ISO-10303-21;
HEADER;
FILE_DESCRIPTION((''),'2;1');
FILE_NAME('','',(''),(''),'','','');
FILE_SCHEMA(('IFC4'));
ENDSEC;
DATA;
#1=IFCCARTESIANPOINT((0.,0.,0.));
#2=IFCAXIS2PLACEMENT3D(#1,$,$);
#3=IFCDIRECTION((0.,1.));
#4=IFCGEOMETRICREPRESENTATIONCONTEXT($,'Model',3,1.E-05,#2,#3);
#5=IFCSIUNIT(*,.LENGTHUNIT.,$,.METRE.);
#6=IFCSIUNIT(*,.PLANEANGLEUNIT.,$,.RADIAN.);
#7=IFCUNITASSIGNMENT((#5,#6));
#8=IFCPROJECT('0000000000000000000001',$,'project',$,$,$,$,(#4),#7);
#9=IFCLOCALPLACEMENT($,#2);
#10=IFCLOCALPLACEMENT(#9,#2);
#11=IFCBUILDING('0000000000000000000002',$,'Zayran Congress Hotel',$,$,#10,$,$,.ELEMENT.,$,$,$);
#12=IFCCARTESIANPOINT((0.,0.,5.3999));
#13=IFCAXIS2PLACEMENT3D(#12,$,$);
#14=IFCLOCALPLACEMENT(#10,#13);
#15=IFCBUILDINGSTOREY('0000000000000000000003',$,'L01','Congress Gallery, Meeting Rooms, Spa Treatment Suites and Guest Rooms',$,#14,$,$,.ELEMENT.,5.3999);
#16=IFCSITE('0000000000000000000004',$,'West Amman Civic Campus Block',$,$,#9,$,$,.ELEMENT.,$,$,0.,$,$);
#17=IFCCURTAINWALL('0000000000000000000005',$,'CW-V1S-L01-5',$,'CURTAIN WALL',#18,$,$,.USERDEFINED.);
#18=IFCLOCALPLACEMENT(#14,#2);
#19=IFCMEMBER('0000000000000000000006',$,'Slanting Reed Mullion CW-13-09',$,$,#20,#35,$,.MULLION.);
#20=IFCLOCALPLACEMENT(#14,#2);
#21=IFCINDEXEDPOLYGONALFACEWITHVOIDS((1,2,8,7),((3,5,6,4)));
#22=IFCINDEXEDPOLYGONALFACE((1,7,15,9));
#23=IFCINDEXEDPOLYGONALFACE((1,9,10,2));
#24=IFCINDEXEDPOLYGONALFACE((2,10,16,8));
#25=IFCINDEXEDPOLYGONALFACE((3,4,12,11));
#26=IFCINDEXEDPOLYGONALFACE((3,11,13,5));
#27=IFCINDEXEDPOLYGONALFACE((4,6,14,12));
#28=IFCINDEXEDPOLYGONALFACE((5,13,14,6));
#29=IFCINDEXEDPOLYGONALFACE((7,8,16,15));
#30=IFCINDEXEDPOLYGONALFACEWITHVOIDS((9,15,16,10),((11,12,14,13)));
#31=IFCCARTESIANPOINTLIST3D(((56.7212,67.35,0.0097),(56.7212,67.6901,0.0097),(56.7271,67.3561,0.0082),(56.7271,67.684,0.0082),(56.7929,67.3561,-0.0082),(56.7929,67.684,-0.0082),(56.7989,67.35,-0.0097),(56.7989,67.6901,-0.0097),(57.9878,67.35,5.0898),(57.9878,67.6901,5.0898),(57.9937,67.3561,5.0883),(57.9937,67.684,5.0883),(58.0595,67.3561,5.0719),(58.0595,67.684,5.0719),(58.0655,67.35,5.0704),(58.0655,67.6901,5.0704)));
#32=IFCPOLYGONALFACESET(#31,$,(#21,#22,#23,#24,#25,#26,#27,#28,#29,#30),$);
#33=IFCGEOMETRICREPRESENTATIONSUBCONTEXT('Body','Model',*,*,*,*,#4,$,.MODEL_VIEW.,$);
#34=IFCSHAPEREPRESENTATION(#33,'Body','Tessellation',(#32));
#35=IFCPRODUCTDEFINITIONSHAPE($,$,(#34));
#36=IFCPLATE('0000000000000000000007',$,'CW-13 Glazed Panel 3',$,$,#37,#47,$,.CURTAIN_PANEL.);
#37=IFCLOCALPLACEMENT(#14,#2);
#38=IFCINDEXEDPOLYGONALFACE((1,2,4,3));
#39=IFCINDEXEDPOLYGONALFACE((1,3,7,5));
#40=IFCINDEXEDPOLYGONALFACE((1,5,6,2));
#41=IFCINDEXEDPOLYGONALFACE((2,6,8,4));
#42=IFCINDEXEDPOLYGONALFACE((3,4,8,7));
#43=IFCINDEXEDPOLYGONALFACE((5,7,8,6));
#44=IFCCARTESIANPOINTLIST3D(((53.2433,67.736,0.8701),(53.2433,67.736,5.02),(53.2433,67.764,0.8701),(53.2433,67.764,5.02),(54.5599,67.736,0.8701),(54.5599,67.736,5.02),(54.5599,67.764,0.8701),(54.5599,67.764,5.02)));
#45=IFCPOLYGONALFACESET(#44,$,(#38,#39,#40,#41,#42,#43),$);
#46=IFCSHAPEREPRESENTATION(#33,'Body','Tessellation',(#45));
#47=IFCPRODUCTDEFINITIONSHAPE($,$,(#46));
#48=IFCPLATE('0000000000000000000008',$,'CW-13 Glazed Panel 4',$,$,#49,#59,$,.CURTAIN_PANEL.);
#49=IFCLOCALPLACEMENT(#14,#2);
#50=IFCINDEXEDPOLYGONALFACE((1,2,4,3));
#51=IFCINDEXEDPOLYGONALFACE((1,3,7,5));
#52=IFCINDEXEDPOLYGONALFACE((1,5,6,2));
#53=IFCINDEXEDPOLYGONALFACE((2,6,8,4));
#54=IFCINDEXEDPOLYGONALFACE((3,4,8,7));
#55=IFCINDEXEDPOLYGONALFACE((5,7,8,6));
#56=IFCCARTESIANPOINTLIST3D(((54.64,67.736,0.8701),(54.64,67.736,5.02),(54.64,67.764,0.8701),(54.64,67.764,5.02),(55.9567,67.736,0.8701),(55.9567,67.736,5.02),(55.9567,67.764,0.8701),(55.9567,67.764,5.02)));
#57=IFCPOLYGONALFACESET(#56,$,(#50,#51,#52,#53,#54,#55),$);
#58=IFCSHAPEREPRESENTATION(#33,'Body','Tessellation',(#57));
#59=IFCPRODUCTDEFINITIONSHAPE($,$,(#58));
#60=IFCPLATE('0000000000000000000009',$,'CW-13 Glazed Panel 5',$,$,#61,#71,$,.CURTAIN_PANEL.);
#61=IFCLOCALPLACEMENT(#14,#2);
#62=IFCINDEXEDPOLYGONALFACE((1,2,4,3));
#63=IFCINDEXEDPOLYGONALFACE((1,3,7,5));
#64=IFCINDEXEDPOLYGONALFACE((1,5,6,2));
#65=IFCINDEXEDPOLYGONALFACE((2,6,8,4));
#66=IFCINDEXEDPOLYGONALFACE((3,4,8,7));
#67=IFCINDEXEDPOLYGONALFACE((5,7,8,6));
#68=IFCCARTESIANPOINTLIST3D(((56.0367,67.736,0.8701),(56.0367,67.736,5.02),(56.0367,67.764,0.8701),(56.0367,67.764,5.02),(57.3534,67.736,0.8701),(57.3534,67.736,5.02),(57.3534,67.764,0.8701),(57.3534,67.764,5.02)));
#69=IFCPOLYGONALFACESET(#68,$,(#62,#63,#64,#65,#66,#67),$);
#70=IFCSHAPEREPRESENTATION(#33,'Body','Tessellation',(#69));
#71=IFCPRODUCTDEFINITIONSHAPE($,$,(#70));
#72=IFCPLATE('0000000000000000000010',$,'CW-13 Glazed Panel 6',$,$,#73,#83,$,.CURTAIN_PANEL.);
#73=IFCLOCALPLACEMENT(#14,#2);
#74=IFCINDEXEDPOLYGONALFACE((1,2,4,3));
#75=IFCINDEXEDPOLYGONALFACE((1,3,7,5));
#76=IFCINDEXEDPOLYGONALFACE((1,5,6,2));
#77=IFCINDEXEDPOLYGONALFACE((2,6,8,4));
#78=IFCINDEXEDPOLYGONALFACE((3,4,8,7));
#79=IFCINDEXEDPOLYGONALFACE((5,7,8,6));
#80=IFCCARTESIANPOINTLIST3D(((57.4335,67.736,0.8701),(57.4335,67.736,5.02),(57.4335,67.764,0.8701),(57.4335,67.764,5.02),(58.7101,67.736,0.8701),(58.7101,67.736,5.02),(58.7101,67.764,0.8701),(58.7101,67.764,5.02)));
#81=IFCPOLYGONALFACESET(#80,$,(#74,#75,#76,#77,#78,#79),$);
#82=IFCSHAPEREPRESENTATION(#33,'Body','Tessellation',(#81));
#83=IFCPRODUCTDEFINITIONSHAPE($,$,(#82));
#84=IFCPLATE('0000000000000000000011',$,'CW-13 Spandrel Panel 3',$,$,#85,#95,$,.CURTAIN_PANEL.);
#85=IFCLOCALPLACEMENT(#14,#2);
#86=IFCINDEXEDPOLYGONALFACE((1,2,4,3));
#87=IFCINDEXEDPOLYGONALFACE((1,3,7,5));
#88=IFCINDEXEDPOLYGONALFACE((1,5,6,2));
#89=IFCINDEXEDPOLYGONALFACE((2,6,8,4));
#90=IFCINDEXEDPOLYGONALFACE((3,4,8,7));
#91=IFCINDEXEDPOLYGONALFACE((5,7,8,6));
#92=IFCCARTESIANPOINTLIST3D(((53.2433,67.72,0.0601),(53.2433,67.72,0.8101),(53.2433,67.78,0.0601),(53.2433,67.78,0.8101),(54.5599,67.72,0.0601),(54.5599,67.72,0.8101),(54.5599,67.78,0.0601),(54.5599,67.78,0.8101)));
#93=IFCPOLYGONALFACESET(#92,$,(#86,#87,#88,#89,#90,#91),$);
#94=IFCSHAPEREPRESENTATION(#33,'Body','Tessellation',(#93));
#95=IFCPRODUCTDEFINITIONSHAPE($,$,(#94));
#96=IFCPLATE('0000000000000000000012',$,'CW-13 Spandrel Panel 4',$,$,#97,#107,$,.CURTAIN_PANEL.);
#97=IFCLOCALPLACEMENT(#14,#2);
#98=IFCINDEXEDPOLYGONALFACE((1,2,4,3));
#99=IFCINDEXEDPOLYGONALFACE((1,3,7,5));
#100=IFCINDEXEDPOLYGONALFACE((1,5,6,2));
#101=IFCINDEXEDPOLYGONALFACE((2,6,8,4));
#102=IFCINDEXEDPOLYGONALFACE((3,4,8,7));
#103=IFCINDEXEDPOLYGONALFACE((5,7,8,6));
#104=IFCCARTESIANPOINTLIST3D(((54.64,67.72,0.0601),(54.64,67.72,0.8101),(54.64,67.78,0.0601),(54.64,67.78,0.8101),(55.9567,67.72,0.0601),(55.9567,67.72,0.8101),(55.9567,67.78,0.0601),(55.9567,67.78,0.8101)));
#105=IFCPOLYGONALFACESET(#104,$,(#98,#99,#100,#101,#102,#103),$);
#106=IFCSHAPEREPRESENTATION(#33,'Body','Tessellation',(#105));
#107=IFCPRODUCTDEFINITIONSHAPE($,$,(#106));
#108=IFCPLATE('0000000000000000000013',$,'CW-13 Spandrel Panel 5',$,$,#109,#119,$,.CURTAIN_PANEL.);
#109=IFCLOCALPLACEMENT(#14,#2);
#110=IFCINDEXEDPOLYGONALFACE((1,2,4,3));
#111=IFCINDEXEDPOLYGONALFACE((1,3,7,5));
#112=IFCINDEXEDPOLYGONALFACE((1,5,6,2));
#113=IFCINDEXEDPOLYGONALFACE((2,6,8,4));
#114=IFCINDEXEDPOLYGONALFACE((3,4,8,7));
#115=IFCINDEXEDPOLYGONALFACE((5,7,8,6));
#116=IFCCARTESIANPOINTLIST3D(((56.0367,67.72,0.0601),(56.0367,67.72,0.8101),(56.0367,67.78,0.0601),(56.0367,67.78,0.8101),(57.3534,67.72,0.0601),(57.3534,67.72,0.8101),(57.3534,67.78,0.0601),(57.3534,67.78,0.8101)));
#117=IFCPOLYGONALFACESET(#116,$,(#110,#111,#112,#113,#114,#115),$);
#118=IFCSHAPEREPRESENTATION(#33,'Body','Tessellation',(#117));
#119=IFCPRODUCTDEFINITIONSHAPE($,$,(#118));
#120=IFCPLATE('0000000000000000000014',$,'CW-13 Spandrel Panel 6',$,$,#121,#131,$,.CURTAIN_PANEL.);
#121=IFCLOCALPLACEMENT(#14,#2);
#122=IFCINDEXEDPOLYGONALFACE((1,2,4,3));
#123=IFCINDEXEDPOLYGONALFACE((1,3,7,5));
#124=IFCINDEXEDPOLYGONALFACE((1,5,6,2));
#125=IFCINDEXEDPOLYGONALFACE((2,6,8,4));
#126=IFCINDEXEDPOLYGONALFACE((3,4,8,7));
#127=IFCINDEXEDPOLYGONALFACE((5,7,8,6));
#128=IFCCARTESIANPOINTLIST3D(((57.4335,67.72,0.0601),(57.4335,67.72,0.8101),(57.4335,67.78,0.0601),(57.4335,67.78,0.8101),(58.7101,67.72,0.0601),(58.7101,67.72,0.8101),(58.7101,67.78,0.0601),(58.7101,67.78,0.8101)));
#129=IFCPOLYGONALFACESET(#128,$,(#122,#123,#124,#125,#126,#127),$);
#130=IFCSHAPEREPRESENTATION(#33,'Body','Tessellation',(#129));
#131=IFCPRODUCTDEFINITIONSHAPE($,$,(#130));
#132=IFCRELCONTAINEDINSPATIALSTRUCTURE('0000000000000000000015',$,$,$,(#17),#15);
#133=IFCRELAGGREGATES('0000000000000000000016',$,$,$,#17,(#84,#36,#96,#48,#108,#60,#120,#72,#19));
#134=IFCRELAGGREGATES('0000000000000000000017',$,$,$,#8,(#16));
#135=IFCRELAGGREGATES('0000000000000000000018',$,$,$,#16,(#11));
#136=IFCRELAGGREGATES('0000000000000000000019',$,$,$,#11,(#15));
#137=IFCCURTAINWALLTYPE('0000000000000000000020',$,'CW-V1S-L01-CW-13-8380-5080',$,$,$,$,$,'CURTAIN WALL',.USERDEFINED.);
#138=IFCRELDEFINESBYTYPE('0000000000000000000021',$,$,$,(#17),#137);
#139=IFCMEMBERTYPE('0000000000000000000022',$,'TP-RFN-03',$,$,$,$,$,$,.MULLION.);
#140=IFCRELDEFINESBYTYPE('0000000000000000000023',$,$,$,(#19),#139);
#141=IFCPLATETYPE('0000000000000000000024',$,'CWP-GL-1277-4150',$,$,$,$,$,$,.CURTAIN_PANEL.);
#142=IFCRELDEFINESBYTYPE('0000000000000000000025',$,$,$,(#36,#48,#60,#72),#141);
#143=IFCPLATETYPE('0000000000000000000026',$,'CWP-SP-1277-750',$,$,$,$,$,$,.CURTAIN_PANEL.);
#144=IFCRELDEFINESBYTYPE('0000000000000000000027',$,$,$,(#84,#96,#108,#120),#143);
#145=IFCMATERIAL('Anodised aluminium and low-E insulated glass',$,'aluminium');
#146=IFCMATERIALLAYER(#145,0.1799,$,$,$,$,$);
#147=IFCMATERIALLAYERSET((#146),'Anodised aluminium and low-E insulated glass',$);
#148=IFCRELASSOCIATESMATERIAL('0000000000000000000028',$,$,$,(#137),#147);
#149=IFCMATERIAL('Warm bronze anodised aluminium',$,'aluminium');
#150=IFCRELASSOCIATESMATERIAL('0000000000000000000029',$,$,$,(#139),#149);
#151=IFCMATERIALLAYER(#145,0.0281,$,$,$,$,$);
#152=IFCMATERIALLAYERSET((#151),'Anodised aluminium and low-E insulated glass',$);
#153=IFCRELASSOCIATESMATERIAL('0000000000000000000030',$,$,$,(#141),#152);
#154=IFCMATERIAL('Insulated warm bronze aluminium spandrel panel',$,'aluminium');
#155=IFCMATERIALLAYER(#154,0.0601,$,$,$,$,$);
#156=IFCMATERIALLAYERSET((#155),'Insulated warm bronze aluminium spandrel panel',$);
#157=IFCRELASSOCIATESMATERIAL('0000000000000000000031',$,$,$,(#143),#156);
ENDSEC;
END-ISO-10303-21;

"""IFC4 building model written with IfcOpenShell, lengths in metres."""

from ifc_helpers import new_model, si_unit, direction, frame, origin, origin_2d, place, context, subcontext, project, spatial, rectangle, hollow_rectangle, extrude, material, layer, layer_set, material_profile, profile_set, type_object, element, aggregate, save


model = new_model("IFC4")

# Units and contexts
model_context = context("Model", 3, precision=1e-05, world=origin(), true_north=direction((0.0, 1.0)))
body_context = subcontext(model_context, "Body", "Model", "MODEL_VIEW")
ifc_project = project(units=[si_unit("LENGTHUNIT", "METRE"), si_unit("PLANEANGLEUNIT", "RADIAN")], contexts=[model_context])

# Site, building, storey
site_placement = place(None, origin())
site = spatial("IfcSite", under=ifc_project, at=site_placement, Name="West Amman Civic Campus Block", CompositionType="ELEMENT", RefElevation=0.0)
building_placement = place(site_placement, origin())
building = spatial("IfcBuilding", under=site, at=building_placement, Name="Zayran Congress Hotel", CompositionType="ELEMENT")
storey_placement = place(building_placement, frame((0.0, 0.0, 5.3999)))
storey = spatial("IfcBuildingStorey", under=building, at=storey_placement, Name="L01", Description="Congress Gallery, Meeting Rooms, Spa Treatment Suites and Guest Rooms", CompositionType="ELEMENT", Elevation=5.3999)

# Curtain wall
ifc_material_1 = material(Name="Anodised aluminium and low-E insulated glass", Category="aluminium")
ifc_layer_1 = layer(ifc_material_1, 0.1799)
ifc_layer_set_1 = layer_set([ifc_layer_1], Name="Anodised aluminium and low-E insulated glass")
curtain_wall_type_1 = type_object("IfcCurtainWallType", Name="CW-V1S-L01-CW-13-8380-5080", ElementType="CURTAIN WALL", PredefinedType="USERDEFINED", material=ifc_layer_set_1)
curtain_wall_1_placement = place(storey_placement, origin())
curtain_wall_1 = element("IfcCurtainWall", 1, at=curtain_wall_1_placement, inside=storey, type_object=curtain_wall_type_1, Name="CW-V1S-L01-5", ObjectType="CURTAIN WALL", PredefinedType="USERDEFINED")

# Member
ifc_material_2 = material(Name="Warm bronze anodised aluminium", Category="aluminium")
ifc_material_profile_1 = material_profile(ifc_material_2, hollow_rectangle(XDim=0.0801, YDim=0.3401, WallThickness=0.0061, at=origin_2d()), Name="RHS 340x80x6")
ifc_profile_set_1 = profile_set([ifc_material_profile_1], Name="Warm bronze anodised aluminium")
member_type_1 = type_object("IfcMemberType", Name="TP-RFN-03", PredefinedType="MULLION", material=ifc_profile_set_1)
member_1_placement = place(storey_placement, frame((56.76, 67.52, 0.0), z_axis=(0.241921, 0.0, 0.970296), x_axis=(-0.970296, 0.0, 0.241921)))
member_1 = element("IfcMember", 2, at=member_1_placement, type_object=member_type_1, Name="Slanting Reed Mullion CW-13-09", PredefinedType="MULLION", context=body_context, shape_type="SweptSolid", body=[
    extrude(hollow_rectangle(XDim=0.0801, YDim=0.3401, WallThickness=0.0061, at=origin_2d()), origin(), (0.0, 0.0, 1.0), 5.2356),
])

# Plates
ifc_layer_2 = layer(ifc_material_1, 0.0281)
ifc_layer_set_2 = layer_set([ifc_layer_2], Name="Anodised aluminium and low-E insulated glass")
plate_type_1 = type_object("IfcPlateType", Name="CWP-GL-1277-4150", PredefinedType="CURTAIN_PANEL", material=ifc_layer_set_2)
plate_1_placement = place(storey_placement, frame((53.9016, 67.75, 0.8701), z_axis=(0.0, 0.0, 1.0), x_axis=(1.0, 0.0, 0.0)))
plate_1 = element("IfcPlate", 3, at=plate_1_placement, type_object=plate_type_1, Name="CW-13 Glazed Panel 3", PredefinedType="CURTAIN_PANEL", context=body_context, shape_type="SweptSolid", body=[
    extrude(rectangle(XDim=1.3167, YDim=0.0281, at=origin_2d()), origin(), (0.0, 0.0, 1.0), 4.1499),
])
plate_2_placement = place(storey_placement, frame((55.2983, 67.75, 0.8701), z_axis=(0.0, 0.0, 1.0), x_axis=(1.0, 0.0, 0.0)))
plate_2 = element("IfcPlate", 4, at=plate_2_placement, type_object=plate_type_1, Name="CW-13 Glazed Panel 4", PredefinedType="CURTAIN_PANEL", context=body_context, shape_type="SweptSolid", body=[
    extrude(rectangle(XDim=1.3167, YDim=0.0281, at=origin_2d()), origin(), (0.0, 0.0, 1.0), 4.1499),
])
plate_3_placement = place(storey_placement, frame((56.6951, 67.75, 0.8701), z_axis=(0.0, 0.0, 1.0), x_axis=(1.0, 0.0, 0.0)))
plate_3 = element("IfcPlate", 5, at=plate_3_placement, type_object=plate_type_1, Name="CW-13 Glazed Panel 5", PredefinedType="CURTAIN_PANEL", context=body_context, shape_type="SweptSolid", body=[
    extrude(rectangle(XDim=1.3167, YDim=0.0281, at=origin_2d()), origin(), (0.0, 0.0, 1.0), 4.1499),
])
plate_4_placement = place(storey_placement, frame((58.0718, 67.75, 0.8701), z_axis=(0.0, 0.0, 1.0), x_axis=(1.0, 0.0, 0.0)))
plate_4 = element("IfcPlate", 6, at=plate_4_placement, type_object=plate_type_1, Name="CW-13 Glazed Panel 6", PredefinedType="CURTAIN_PANEL", context=body_context, shape_type="SweptSolid", body=[
    extrude(rectangle(XDim=1.2766, YDim=0.0281, at=origin_2d()), origin(), (0.0, 0.0, 1.0), 4.1499),
])
ifc_material_3 = material(Name="Insulated warm bronze aluminium spandrel panel", Category="aluminium")
ifc_layer_3 = layer(ifc_material_3, 0.0601)
ifc_layer_set_3 = layer_set([ifc_layer_3], Name="Insulated warm bronze aluminium spandrel panel")
plate_type_2 = type_object("IfcPlateType", Name="CWP-SP-1277-750", PredefinedType="CURTAIN_PANEL", material=ifc_layer_set_3)
plate_5_placement = place(storey_placement, frame((53.9016, 67.75, 0.0601), z_axis=(0.0, 0.0, 1.0), x_axis=(1.0, 0.0, 0.0)))
plate_5 = element("IfcPlate", 7, at=plate_5_placement, type_object=plate_type_2, Name="CW-13 Spandrel Panel 3", PredefinedType="CURTAIN_PANEL", context=body_context, shape_type="SweptSolid", body=[
    extrude(rectangle(XDim=1.3167, YDim=0.0601, at=origin_2d()), origin(), (0.0, 0.0, 1.0), 0.75),
])
plate_6_placement = place(storey_placement, frame((55.2983, 67.75, 0.0601), z_axis=(0.0, 0.0, 1.0), x_axis=(1.0, 0.0, 0.0)))
plate_6 = element("IfcPlate", 8, at=plate_6_placement, type_object=plate_type_2, Name="CW-13 Spandrel Panel 4", PredefinedType="CURTAIN_PANEL", context=body_context, shape_type="SweptSolid", body=[
    extrude(rectangle(XDim=1.3167, YDim=0.0601, at=origin_2d()), origin(), (0.0, 0.0, 1.0), 0.75),
])
plate_7_placement = place(storey_placement, frame((56.6951, 67.75, 0.0601), z_axis=(0.0, 0.0, 1.0), x_axis=(1.0, 0.0, 0.0)))
plate_7 = element("IfcPlate", 9, at=plate_7_placement, type_object=plate_type_2, Name="CW-13 Spandrel Panel 5", PredefinedType="CURTAIN_PANEL", context=body_context, shape_type="SweptSolid", body=[
    extrude(rectangle(XDim=1.3167, YDim=0.0601, at=origin_2d()), origin(), (0.0, 0.0, 1.0), 0.75),
])
plate_8_placement = place(storey_placement, frame((58.0718, 67.75, 0.0601), z_axis=(0.0, 0.0, 1.0), x_axis=(1.0, 0.0, 0.0)))
plate_8 = element("IfcPlate", 10, at=plate_8_placement, type_object=plate_type_2, Name="CW-13 Spandrel Panel 6", PredefinedType="CURTAIN_PANEL", context=body_context, shape_type="SweptSolid", body=[
    extrude(rectangle(XDim=1.2766, YDim=0.0601, at=origin_2d()), origin(), (0.0, 0.0, 1.0), 0.75),
])
aggregate(curtain_wall_1, [plate_5, plate_1, plate_6, plate_2, plate_7, plate_3, plate_8, plate_4, member_1])

save(model, "model.ifc")
